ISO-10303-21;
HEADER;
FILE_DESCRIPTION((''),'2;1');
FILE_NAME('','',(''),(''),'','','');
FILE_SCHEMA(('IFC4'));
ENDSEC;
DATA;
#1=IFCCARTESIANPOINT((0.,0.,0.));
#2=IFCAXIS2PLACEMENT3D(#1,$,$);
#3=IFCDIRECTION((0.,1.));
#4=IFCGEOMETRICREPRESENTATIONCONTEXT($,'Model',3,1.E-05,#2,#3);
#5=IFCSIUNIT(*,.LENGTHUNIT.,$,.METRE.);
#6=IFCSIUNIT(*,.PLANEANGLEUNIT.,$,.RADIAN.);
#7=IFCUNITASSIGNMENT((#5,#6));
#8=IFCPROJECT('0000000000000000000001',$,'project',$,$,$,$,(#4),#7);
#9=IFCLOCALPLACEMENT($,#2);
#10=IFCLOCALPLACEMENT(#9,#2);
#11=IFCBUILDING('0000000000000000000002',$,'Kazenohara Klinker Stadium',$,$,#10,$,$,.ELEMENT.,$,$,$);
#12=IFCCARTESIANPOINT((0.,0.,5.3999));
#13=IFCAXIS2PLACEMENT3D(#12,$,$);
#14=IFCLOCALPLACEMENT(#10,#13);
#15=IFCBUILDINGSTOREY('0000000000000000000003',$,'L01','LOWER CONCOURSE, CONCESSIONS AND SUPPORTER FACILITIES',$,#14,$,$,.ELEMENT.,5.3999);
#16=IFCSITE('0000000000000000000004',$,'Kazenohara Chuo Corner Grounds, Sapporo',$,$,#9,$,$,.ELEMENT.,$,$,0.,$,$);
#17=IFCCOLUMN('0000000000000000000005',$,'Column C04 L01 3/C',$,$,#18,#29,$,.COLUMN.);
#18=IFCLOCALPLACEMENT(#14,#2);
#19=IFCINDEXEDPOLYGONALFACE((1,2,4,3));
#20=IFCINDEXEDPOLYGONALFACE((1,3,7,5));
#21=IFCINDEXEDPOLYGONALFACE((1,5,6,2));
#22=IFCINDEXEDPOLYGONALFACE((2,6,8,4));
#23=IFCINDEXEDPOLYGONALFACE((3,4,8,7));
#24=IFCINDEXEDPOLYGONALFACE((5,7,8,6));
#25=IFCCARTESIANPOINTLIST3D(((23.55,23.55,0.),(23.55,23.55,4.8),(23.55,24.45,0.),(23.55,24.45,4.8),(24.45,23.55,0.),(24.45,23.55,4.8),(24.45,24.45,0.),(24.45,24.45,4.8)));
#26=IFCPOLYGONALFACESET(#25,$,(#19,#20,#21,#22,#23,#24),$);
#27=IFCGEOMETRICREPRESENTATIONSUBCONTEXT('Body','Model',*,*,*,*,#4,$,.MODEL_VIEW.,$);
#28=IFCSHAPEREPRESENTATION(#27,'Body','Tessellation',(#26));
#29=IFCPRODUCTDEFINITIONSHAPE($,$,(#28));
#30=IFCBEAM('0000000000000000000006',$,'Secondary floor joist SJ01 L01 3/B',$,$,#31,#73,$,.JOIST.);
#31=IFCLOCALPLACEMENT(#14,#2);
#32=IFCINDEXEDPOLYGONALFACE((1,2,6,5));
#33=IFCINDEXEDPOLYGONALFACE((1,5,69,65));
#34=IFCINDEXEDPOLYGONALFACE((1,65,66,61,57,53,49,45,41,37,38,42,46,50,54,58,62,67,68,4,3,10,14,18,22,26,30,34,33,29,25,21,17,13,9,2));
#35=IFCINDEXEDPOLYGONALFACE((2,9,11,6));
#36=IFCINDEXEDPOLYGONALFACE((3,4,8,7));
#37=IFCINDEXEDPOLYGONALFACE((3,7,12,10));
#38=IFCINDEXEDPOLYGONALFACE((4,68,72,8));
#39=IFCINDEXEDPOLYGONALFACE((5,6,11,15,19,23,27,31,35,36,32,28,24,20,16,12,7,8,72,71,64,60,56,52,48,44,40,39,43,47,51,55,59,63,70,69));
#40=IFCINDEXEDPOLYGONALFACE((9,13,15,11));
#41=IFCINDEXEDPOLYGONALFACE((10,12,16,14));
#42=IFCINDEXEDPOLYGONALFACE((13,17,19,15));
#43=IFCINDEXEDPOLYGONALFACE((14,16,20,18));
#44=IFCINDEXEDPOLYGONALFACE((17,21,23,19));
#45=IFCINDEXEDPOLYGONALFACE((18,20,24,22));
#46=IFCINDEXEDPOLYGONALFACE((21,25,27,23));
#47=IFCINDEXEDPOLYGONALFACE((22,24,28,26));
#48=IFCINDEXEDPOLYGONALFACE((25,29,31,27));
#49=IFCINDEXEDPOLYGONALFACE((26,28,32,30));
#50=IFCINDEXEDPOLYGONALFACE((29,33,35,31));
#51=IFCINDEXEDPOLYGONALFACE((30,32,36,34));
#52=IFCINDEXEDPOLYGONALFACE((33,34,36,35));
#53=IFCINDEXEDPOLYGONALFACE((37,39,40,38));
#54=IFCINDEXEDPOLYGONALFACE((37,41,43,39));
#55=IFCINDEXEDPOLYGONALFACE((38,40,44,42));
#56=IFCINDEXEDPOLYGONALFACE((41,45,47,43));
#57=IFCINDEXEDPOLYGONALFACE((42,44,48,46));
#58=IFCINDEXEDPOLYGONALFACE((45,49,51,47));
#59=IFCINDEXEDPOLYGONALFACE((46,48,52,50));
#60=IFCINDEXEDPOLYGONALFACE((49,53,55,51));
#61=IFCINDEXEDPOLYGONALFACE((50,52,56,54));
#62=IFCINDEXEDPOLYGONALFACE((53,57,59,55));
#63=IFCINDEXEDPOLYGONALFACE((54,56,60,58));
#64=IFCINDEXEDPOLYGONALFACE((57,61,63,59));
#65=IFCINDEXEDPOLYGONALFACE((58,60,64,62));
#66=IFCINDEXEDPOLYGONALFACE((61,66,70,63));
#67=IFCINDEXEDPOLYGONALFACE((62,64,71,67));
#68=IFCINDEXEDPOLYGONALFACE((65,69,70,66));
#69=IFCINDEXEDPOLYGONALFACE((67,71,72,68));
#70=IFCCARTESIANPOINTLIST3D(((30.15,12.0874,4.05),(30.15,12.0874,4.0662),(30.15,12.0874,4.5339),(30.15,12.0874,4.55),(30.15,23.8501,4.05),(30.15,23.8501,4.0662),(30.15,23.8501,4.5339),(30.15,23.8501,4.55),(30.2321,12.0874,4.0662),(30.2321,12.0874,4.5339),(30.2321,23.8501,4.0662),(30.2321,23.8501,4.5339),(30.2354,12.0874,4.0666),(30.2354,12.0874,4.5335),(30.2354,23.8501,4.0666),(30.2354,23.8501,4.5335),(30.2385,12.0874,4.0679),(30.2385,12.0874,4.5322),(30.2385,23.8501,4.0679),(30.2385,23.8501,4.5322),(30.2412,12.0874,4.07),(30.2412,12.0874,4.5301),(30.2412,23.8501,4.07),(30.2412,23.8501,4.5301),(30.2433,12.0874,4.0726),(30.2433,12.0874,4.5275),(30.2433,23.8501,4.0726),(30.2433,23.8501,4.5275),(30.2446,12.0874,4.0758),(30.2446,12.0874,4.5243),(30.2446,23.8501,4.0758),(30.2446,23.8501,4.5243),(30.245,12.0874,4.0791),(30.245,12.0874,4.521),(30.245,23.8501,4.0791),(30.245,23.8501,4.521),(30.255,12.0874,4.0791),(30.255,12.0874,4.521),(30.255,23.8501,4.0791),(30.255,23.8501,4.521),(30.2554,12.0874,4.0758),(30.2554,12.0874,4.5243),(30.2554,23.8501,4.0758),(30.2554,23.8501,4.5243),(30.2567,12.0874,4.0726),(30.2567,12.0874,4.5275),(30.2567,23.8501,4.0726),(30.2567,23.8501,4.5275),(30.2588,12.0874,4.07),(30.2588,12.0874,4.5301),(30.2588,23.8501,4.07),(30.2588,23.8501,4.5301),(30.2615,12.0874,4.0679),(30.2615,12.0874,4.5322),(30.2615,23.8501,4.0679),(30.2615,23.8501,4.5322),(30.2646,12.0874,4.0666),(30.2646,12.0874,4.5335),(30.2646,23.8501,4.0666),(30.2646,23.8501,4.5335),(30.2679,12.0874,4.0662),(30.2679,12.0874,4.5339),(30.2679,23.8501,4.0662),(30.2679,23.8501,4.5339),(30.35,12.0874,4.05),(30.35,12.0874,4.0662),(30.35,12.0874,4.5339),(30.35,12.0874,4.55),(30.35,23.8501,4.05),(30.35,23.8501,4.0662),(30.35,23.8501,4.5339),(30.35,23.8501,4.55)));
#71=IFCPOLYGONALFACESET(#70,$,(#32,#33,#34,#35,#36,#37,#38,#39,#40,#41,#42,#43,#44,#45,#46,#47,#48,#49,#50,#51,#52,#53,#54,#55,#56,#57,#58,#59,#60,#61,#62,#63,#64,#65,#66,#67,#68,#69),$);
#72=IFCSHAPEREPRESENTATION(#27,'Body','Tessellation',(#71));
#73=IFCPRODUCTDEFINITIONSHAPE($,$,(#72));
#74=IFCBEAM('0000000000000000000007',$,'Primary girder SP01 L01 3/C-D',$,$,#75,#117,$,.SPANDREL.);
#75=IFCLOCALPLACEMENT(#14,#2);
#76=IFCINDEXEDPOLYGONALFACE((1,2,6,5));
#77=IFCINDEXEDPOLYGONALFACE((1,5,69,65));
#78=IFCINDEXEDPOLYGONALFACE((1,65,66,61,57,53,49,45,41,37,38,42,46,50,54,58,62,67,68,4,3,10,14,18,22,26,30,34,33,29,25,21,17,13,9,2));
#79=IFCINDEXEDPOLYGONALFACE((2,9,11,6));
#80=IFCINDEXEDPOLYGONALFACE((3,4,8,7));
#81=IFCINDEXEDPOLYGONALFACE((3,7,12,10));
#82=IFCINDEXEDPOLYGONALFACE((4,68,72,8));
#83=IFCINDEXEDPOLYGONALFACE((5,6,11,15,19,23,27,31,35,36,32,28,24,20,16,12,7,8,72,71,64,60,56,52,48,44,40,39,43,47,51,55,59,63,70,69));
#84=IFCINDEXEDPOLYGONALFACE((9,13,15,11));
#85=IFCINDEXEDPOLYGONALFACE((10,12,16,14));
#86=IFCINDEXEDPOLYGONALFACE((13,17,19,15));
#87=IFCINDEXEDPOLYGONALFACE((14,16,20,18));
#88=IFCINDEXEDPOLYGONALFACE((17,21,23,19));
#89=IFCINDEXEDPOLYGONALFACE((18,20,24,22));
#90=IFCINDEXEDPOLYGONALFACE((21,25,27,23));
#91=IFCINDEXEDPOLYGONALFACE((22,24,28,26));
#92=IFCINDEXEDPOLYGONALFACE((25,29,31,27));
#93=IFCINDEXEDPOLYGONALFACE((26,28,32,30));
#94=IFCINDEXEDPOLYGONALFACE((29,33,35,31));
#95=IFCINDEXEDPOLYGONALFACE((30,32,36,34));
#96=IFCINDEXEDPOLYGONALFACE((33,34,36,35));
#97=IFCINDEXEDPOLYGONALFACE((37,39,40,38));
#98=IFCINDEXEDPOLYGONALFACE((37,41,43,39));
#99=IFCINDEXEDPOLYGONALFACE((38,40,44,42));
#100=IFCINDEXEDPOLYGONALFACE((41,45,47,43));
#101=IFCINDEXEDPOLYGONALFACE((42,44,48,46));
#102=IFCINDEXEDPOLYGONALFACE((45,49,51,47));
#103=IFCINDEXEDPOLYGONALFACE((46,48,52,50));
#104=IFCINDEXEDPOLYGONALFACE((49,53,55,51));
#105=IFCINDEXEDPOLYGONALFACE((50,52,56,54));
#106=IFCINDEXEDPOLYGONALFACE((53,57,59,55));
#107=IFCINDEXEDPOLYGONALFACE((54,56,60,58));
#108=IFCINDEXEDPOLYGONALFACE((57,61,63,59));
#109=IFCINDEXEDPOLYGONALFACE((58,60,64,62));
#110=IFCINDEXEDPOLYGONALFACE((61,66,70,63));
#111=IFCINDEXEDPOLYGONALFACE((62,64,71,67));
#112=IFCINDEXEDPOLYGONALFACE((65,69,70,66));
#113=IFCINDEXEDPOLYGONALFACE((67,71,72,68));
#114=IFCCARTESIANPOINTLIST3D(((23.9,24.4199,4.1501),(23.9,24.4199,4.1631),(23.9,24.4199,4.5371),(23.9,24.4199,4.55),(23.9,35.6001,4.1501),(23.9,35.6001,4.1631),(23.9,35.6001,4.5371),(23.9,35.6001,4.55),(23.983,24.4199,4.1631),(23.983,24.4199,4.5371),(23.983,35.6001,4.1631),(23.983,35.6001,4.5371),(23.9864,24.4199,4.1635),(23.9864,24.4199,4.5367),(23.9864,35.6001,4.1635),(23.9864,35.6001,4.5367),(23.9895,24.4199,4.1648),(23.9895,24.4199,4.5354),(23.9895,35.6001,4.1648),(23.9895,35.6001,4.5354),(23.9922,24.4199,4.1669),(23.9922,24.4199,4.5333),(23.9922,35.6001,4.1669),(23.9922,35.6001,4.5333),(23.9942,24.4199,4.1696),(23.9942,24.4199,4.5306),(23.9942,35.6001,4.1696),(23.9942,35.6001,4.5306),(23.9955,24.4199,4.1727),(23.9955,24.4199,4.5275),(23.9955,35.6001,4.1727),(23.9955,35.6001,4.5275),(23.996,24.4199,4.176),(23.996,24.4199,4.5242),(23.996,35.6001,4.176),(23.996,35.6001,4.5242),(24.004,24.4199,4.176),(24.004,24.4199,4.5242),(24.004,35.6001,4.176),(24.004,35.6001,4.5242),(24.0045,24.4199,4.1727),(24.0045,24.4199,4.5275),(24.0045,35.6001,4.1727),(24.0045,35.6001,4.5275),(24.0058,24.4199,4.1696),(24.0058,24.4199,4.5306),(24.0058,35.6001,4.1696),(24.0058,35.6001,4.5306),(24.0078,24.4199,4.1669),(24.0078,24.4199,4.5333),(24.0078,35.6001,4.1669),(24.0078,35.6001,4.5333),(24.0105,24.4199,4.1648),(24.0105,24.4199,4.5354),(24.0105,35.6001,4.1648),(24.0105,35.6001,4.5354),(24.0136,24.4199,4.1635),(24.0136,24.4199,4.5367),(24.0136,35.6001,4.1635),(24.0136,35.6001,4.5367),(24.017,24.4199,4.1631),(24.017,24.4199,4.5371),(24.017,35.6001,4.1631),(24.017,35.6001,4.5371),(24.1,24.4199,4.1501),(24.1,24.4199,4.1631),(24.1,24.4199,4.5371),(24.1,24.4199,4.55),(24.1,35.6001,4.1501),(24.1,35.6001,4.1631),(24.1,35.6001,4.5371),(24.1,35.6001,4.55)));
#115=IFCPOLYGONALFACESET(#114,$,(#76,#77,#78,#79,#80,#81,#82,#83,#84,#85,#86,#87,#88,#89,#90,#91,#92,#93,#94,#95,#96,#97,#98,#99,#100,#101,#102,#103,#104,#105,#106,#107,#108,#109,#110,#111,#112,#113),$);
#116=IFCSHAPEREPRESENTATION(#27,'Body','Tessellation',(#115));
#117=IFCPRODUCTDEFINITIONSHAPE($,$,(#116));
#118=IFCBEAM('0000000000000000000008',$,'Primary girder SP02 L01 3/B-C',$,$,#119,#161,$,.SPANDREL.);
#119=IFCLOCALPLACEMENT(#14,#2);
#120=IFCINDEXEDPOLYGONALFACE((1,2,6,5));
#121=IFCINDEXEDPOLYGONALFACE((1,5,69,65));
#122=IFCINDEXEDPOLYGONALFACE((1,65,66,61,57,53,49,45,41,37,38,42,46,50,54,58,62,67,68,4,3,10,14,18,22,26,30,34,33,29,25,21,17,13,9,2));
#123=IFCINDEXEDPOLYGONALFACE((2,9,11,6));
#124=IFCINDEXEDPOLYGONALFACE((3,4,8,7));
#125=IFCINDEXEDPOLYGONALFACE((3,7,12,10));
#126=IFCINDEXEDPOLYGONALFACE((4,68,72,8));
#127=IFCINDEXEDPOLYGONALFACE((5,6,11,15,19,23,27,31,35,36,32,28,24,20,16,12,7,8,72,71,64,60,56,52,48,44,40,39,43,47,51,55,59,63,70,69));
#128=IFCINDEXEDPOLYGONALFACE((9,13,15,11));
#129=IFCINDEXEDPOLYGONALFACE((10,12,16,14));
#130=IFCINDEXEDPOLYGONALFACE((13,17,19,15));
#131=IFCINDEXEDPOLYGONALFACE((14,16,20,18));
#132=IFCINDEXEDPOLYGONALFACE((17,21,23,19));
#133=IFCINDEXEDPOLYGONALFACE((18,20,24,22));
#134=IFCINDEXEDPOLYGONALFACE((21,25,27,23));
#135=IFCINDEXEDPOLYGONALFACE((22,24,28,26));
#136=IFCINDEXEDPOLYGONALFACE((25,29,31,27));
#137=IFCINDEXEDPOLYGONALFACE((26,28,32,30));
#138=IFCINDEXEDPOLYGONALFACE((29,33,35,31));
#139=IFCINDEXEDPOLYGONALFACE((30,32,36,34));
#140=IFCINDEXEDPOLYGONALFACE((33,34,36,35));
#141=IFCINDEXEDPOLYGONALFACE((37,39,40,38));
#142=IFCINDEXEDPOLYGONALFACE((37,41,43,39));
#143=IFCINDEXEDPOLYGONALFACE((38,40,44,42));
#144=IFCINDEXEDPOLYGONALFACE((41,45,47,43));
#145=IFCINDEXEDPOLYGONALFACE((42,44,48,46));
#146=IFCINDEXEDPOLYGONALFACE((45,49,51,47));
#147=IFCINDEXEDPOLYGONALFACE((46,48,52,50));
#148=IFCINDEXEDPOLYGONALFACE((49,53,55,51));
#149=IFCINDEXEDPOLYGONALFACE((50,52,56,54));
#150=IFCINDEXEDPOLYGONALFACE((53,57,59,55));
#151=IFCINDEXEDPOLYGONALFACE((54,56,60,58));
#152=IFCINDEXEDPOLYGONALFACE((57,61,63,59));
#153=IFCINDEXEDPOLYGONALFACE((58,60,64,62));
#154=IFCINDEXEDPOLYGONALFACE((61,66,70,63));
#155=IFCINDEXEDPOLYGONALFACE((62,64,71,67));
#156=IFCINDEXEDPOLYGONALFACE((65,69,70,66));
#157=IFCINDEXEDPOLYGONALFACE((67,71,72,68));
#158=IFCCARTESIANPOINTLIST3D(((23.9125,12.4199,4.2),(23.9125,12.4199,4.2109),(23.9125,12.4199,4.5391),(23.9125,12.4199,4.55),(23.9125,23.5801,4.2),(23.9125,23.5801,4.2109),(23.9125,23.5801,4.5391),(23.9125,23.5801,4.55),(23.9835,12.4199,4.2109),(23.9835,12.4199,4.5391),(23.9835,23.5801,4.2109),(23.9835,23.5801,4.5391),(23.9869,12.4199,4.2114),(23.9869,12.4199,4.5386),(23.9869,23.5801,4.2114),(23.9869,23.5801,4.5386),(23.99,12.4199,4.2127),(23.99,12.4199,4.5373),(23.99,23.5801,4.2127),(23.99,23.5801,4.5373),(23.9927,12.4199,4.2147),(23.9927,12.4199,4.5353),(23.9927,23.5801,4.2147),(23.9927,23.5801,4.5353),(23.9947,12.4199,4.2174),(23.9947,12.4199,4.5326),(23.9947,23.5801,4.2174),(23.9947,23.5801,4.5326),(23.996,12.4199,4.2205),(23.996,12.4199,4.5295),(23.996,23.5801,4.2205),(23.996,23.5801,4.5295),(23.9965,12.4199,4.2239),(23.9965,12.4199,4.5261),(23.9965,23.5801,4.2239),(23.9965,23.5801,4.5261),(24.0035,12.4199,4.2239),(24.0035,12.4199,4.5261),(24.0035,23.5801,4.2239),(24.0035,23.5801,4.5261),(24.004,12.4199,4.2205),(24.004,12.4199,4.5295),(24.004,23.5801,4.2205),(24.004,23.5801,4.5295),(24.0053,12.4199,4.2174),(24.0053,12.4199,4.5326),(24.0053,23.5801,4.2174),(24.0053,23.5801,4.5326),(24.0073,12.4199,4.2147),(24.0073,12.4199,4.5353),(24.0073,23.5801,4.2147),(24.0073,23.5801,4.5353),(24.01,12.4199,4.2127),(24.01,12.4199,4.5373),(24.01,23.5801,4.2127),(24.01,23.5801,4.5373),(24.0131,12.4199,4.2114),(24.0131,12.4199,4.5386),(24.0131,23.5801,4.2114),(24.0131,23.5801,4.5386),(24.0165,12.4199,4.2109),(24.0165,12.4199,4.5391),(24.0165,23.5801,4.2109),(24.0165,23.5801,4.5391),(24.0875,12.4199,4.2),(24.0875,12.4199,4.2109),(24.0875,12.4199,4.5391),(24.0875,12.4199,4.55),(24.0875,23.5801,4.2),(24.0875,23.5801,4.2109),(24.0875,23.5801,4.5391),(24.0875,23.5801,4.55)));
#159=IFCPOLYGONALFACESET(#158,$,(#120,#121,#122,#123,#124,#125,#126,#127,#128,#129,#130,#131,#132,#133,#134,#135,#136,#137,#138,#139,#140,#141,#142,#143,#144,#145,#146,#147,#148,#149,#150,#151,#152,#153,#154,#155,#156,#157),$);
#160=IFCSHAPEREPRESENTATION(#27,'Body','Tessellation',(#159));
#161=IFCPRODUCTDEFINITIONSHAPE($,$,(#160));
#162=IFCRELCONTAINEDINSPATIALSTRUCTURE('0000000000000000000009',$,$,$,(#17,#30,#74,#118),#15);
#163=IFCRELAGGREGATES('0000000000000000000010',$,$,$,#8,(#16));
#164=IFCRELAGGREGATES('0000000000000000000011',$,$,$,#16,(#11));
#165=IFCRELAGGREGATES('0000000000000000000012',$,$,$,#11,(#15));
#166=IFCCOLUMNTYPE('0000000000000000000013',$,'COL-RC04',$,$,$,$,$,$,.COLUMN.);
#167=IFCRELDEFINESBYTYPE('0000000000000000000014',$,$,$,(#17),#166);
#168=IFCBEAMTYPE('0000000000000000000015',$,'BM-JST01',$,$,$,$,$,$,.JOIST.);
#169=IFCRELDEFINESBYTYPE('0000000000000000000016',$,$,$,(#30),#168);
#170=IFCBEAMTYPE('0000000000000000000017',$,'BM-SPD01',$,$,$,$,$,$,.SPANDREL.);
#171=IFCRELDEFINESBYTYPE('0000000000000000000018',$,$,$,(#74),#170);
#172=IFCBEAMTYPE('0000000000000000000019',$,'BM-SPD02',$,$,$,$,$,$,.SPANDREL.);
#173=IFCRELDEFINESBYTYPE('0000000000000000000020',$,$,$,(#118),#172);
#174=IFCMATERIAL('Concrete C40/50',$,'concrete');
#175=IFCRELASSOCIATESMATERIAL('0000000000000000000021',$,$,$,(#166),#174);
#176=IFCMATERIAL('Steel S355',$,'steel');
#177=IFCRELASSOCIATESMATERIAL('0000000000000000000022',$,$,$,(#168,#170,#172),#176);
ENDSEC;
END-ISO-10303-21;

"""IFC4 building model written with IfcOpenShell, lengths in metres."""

from ifc_helpers import new_model, si_unit, direction, frame, origin, origin_2d, place, context, subcontext, project, spatial, rectangle, i_section, extrude, material, material_profile, profile_set, type_object, element, save


model = new_model("IFC4")

# Units and contexts
model_context = context("Model", 3, precision=1e-05, world=origin(), true_north=direction((0.0, 1.0)))
body_context = subcontext(model_context, "Body", "Model", "MODEL_VIEW")
ifc_project = project(units=[si_unit("LENGTHUNIT", "METRE"), si_unit("PLANEANGLEUNIT", "RADIAN")], contexts=[model_context])

# Site, building, storey
site_placement = place(None, origin())
site = spatial("IfcSite", under=ifc_project, at=site_placement, Name="Kazenohara Chuo Corner Grounds, Sapporo", CompositionType="ELEMENT", RefElevation=0.0)
building_placement = place(site_placement, origin())
building = spatial("IfcBuilding", under=site, at=building_placement, Name="Kazenohara Klinker Stadium", CompositionType="ELEMENT")
storey_placement = place(building_placement, frame((0.0, 0.0, 5.3999)))
storey = spatial("IfcBuildingStorey", under=building, at=storey_placement, Name="L01", Description="LOWER CONCOURSE, CONCESSIONS AND SUPPORTER FACILITIES", CompositionType="ELEMENT", Elevation=5.3999)

# Column
ifc_material_1 = material(Name="Concrete C40/50", Category="concrete")
ifc_material_profile_1 = material_profile(ifc_material_1, rectangle(XDim=0.8999, YDim=0.8999, at=origin_2d()), Name="RC-COL-900x900")
ifc_profile_set_1 = profile_set([ifc_material_profile_1], Name="Concrete C40/50")
column_type = type_object("IfcColumnType", Name="COL-RC04", PredefinedType="COLUMN", material=ifc_profile_set_1)
column_placement = place(storey_placement, frame((24.0, 24.0, 0.0), z_axis=(0.0, 0.0, 1.0), x_axis=(1.0, 0.0, 0.0)))
element("IfcColumn", 1, at=column_placement, inside=storey, type_object=column_type, Name="Column C04 L01 3/C", PredefinedType="COLUMN", context=body_context, shape_type="SweptSolid", body=[
    extrude(rectangle(XDim=0.8999, YDim=0.8999, at=origin_2d()), origin(), (0.0, 0.0, 1.0), 4.8),
])

# Beams
ifc_material_2 = material(Name="Steel S355", Category="steel")
ifc_material_profile_2 = material_profile(ifc_material_2, i_section(OverallWidth=0.2, OverallDepth=0.5, WebThickness=0.01, FlangeThickness=0.0161, FilletRadius=0.0129, at=origin_2d()), Name="H-500x200x10x16")
ifc_profile_set_2 = profile_set([ifc_material_profile_2], Name="Steel S355")
beam_type_1 = type_object("IfcBeamType", Name="BM-JST01", PredefinedType="JOIST", material=ifc_profile_set_2)
beam_1_placement = place(storey_placement, frame((30.25, 12.0874, 4.3), z_axis=(0.0, 1.0, 0.0), x_axis=(-1.0, 0.0, 0.0)))
element("IfcBeam", 2, at=beam_1_placement, inside=storey, type_object=beam_type_1, Name="Secondary floor joist SJ01 L01 3/B", PredefinedType="JOIST", context=body_context, shape_type="SweptSolid", body=[
    extrude(i_section(OverallWidth=0.2, OverallDepth=0.5, WebThickness=0.01, FlangeThickness=0.0161, FilletRadius=0.0129, at=origin_2d()), origin(), (0.0, 0.0, 1.0), 11.7627),
])
ifc_material_profile_3 = material_profile(ifc_material_2, i_section(OverallWidth=0.2, OverallDepth=0.3999, WebThickness=0.0081, FlangeThickness=0.0129, FilletRadius=0.0129, at=origin_2d()), Name="H-400x200x8x13")
ifc_profile_set_3 = profile_set([ifc_material_profile_3], Name="Steel S355")
beam_type_2 = type_object("IfcBeamType", Name="BM-SPD01", PredefinedType="SPANDREL", material=ifc_profile_set_3)
beam_2_placement = place(storey_placement, frame((24.0, 24.4199, 4.3501), z_axis=(0.0, 1.0, 0.0), x_axis=(-1.0, 0.0, 0.0)))
element("IfcBeam", 3, at=beam_2_placement, inside=storey, type_object=beam_type_2, Name="Primary girder SP01 L01 3/C-D", PredefinedType="SPANDREL", context=body_context, shape_type="SweptSolid", body=[
    extrude(i_section(OverallWidth=0.2, OverallDepth=0.3999, WebThickness=0.0081, FlangeThickness=0.0129, FilletRadius=0.0129, at=origin_2d()), origin(), (0.0, 0.0, 1.0), 11.1802),
])
ifc_material_profile_4 = material_profile(ifc_material_2, i_section(OverallWidth=0.175, OverallDepth=0.3501, WebThickness=0.0071, FlangeThickness=0.011, FilletRadius=0.0129, at=origin_2d()), Name="H-350x175x7x11")
ifc_profile_set_4 = profile_set([ifc_material_profile_4], Name="Steel S355")
beam_type_3 = type_object("IfcBeamType", Name="BM-SPD02", PredefinedType="SPANDREL", material=ifc_profile_set_4)
beam_3_placement = place(storey_placement, frame((24.0, 12.4199, 4.375), z_axis=(0.0, 1.0, 0.0), x_axis=(-1.0, 0.0, 0.0)))
element("IfcBeam", 4, at=beam_3_placement, inside=storey, type_object=beam_type_3, Name="Primary girder SP02 L01 3/B-C", PredefinedType="SPANDREL", context=body_context, shape_type="SweptSolid", body=[
    extrude(i_section(OverallWidth=0.175, OverallDepth=0.3501, WebThickness=0.0071, FlangeThickness=0.011, FilletRadius=0.0129, at=origin_2d()), origin(), (0.0, 0.0, 1.0), 11.1602),
])

save(model, "model.ifc")
